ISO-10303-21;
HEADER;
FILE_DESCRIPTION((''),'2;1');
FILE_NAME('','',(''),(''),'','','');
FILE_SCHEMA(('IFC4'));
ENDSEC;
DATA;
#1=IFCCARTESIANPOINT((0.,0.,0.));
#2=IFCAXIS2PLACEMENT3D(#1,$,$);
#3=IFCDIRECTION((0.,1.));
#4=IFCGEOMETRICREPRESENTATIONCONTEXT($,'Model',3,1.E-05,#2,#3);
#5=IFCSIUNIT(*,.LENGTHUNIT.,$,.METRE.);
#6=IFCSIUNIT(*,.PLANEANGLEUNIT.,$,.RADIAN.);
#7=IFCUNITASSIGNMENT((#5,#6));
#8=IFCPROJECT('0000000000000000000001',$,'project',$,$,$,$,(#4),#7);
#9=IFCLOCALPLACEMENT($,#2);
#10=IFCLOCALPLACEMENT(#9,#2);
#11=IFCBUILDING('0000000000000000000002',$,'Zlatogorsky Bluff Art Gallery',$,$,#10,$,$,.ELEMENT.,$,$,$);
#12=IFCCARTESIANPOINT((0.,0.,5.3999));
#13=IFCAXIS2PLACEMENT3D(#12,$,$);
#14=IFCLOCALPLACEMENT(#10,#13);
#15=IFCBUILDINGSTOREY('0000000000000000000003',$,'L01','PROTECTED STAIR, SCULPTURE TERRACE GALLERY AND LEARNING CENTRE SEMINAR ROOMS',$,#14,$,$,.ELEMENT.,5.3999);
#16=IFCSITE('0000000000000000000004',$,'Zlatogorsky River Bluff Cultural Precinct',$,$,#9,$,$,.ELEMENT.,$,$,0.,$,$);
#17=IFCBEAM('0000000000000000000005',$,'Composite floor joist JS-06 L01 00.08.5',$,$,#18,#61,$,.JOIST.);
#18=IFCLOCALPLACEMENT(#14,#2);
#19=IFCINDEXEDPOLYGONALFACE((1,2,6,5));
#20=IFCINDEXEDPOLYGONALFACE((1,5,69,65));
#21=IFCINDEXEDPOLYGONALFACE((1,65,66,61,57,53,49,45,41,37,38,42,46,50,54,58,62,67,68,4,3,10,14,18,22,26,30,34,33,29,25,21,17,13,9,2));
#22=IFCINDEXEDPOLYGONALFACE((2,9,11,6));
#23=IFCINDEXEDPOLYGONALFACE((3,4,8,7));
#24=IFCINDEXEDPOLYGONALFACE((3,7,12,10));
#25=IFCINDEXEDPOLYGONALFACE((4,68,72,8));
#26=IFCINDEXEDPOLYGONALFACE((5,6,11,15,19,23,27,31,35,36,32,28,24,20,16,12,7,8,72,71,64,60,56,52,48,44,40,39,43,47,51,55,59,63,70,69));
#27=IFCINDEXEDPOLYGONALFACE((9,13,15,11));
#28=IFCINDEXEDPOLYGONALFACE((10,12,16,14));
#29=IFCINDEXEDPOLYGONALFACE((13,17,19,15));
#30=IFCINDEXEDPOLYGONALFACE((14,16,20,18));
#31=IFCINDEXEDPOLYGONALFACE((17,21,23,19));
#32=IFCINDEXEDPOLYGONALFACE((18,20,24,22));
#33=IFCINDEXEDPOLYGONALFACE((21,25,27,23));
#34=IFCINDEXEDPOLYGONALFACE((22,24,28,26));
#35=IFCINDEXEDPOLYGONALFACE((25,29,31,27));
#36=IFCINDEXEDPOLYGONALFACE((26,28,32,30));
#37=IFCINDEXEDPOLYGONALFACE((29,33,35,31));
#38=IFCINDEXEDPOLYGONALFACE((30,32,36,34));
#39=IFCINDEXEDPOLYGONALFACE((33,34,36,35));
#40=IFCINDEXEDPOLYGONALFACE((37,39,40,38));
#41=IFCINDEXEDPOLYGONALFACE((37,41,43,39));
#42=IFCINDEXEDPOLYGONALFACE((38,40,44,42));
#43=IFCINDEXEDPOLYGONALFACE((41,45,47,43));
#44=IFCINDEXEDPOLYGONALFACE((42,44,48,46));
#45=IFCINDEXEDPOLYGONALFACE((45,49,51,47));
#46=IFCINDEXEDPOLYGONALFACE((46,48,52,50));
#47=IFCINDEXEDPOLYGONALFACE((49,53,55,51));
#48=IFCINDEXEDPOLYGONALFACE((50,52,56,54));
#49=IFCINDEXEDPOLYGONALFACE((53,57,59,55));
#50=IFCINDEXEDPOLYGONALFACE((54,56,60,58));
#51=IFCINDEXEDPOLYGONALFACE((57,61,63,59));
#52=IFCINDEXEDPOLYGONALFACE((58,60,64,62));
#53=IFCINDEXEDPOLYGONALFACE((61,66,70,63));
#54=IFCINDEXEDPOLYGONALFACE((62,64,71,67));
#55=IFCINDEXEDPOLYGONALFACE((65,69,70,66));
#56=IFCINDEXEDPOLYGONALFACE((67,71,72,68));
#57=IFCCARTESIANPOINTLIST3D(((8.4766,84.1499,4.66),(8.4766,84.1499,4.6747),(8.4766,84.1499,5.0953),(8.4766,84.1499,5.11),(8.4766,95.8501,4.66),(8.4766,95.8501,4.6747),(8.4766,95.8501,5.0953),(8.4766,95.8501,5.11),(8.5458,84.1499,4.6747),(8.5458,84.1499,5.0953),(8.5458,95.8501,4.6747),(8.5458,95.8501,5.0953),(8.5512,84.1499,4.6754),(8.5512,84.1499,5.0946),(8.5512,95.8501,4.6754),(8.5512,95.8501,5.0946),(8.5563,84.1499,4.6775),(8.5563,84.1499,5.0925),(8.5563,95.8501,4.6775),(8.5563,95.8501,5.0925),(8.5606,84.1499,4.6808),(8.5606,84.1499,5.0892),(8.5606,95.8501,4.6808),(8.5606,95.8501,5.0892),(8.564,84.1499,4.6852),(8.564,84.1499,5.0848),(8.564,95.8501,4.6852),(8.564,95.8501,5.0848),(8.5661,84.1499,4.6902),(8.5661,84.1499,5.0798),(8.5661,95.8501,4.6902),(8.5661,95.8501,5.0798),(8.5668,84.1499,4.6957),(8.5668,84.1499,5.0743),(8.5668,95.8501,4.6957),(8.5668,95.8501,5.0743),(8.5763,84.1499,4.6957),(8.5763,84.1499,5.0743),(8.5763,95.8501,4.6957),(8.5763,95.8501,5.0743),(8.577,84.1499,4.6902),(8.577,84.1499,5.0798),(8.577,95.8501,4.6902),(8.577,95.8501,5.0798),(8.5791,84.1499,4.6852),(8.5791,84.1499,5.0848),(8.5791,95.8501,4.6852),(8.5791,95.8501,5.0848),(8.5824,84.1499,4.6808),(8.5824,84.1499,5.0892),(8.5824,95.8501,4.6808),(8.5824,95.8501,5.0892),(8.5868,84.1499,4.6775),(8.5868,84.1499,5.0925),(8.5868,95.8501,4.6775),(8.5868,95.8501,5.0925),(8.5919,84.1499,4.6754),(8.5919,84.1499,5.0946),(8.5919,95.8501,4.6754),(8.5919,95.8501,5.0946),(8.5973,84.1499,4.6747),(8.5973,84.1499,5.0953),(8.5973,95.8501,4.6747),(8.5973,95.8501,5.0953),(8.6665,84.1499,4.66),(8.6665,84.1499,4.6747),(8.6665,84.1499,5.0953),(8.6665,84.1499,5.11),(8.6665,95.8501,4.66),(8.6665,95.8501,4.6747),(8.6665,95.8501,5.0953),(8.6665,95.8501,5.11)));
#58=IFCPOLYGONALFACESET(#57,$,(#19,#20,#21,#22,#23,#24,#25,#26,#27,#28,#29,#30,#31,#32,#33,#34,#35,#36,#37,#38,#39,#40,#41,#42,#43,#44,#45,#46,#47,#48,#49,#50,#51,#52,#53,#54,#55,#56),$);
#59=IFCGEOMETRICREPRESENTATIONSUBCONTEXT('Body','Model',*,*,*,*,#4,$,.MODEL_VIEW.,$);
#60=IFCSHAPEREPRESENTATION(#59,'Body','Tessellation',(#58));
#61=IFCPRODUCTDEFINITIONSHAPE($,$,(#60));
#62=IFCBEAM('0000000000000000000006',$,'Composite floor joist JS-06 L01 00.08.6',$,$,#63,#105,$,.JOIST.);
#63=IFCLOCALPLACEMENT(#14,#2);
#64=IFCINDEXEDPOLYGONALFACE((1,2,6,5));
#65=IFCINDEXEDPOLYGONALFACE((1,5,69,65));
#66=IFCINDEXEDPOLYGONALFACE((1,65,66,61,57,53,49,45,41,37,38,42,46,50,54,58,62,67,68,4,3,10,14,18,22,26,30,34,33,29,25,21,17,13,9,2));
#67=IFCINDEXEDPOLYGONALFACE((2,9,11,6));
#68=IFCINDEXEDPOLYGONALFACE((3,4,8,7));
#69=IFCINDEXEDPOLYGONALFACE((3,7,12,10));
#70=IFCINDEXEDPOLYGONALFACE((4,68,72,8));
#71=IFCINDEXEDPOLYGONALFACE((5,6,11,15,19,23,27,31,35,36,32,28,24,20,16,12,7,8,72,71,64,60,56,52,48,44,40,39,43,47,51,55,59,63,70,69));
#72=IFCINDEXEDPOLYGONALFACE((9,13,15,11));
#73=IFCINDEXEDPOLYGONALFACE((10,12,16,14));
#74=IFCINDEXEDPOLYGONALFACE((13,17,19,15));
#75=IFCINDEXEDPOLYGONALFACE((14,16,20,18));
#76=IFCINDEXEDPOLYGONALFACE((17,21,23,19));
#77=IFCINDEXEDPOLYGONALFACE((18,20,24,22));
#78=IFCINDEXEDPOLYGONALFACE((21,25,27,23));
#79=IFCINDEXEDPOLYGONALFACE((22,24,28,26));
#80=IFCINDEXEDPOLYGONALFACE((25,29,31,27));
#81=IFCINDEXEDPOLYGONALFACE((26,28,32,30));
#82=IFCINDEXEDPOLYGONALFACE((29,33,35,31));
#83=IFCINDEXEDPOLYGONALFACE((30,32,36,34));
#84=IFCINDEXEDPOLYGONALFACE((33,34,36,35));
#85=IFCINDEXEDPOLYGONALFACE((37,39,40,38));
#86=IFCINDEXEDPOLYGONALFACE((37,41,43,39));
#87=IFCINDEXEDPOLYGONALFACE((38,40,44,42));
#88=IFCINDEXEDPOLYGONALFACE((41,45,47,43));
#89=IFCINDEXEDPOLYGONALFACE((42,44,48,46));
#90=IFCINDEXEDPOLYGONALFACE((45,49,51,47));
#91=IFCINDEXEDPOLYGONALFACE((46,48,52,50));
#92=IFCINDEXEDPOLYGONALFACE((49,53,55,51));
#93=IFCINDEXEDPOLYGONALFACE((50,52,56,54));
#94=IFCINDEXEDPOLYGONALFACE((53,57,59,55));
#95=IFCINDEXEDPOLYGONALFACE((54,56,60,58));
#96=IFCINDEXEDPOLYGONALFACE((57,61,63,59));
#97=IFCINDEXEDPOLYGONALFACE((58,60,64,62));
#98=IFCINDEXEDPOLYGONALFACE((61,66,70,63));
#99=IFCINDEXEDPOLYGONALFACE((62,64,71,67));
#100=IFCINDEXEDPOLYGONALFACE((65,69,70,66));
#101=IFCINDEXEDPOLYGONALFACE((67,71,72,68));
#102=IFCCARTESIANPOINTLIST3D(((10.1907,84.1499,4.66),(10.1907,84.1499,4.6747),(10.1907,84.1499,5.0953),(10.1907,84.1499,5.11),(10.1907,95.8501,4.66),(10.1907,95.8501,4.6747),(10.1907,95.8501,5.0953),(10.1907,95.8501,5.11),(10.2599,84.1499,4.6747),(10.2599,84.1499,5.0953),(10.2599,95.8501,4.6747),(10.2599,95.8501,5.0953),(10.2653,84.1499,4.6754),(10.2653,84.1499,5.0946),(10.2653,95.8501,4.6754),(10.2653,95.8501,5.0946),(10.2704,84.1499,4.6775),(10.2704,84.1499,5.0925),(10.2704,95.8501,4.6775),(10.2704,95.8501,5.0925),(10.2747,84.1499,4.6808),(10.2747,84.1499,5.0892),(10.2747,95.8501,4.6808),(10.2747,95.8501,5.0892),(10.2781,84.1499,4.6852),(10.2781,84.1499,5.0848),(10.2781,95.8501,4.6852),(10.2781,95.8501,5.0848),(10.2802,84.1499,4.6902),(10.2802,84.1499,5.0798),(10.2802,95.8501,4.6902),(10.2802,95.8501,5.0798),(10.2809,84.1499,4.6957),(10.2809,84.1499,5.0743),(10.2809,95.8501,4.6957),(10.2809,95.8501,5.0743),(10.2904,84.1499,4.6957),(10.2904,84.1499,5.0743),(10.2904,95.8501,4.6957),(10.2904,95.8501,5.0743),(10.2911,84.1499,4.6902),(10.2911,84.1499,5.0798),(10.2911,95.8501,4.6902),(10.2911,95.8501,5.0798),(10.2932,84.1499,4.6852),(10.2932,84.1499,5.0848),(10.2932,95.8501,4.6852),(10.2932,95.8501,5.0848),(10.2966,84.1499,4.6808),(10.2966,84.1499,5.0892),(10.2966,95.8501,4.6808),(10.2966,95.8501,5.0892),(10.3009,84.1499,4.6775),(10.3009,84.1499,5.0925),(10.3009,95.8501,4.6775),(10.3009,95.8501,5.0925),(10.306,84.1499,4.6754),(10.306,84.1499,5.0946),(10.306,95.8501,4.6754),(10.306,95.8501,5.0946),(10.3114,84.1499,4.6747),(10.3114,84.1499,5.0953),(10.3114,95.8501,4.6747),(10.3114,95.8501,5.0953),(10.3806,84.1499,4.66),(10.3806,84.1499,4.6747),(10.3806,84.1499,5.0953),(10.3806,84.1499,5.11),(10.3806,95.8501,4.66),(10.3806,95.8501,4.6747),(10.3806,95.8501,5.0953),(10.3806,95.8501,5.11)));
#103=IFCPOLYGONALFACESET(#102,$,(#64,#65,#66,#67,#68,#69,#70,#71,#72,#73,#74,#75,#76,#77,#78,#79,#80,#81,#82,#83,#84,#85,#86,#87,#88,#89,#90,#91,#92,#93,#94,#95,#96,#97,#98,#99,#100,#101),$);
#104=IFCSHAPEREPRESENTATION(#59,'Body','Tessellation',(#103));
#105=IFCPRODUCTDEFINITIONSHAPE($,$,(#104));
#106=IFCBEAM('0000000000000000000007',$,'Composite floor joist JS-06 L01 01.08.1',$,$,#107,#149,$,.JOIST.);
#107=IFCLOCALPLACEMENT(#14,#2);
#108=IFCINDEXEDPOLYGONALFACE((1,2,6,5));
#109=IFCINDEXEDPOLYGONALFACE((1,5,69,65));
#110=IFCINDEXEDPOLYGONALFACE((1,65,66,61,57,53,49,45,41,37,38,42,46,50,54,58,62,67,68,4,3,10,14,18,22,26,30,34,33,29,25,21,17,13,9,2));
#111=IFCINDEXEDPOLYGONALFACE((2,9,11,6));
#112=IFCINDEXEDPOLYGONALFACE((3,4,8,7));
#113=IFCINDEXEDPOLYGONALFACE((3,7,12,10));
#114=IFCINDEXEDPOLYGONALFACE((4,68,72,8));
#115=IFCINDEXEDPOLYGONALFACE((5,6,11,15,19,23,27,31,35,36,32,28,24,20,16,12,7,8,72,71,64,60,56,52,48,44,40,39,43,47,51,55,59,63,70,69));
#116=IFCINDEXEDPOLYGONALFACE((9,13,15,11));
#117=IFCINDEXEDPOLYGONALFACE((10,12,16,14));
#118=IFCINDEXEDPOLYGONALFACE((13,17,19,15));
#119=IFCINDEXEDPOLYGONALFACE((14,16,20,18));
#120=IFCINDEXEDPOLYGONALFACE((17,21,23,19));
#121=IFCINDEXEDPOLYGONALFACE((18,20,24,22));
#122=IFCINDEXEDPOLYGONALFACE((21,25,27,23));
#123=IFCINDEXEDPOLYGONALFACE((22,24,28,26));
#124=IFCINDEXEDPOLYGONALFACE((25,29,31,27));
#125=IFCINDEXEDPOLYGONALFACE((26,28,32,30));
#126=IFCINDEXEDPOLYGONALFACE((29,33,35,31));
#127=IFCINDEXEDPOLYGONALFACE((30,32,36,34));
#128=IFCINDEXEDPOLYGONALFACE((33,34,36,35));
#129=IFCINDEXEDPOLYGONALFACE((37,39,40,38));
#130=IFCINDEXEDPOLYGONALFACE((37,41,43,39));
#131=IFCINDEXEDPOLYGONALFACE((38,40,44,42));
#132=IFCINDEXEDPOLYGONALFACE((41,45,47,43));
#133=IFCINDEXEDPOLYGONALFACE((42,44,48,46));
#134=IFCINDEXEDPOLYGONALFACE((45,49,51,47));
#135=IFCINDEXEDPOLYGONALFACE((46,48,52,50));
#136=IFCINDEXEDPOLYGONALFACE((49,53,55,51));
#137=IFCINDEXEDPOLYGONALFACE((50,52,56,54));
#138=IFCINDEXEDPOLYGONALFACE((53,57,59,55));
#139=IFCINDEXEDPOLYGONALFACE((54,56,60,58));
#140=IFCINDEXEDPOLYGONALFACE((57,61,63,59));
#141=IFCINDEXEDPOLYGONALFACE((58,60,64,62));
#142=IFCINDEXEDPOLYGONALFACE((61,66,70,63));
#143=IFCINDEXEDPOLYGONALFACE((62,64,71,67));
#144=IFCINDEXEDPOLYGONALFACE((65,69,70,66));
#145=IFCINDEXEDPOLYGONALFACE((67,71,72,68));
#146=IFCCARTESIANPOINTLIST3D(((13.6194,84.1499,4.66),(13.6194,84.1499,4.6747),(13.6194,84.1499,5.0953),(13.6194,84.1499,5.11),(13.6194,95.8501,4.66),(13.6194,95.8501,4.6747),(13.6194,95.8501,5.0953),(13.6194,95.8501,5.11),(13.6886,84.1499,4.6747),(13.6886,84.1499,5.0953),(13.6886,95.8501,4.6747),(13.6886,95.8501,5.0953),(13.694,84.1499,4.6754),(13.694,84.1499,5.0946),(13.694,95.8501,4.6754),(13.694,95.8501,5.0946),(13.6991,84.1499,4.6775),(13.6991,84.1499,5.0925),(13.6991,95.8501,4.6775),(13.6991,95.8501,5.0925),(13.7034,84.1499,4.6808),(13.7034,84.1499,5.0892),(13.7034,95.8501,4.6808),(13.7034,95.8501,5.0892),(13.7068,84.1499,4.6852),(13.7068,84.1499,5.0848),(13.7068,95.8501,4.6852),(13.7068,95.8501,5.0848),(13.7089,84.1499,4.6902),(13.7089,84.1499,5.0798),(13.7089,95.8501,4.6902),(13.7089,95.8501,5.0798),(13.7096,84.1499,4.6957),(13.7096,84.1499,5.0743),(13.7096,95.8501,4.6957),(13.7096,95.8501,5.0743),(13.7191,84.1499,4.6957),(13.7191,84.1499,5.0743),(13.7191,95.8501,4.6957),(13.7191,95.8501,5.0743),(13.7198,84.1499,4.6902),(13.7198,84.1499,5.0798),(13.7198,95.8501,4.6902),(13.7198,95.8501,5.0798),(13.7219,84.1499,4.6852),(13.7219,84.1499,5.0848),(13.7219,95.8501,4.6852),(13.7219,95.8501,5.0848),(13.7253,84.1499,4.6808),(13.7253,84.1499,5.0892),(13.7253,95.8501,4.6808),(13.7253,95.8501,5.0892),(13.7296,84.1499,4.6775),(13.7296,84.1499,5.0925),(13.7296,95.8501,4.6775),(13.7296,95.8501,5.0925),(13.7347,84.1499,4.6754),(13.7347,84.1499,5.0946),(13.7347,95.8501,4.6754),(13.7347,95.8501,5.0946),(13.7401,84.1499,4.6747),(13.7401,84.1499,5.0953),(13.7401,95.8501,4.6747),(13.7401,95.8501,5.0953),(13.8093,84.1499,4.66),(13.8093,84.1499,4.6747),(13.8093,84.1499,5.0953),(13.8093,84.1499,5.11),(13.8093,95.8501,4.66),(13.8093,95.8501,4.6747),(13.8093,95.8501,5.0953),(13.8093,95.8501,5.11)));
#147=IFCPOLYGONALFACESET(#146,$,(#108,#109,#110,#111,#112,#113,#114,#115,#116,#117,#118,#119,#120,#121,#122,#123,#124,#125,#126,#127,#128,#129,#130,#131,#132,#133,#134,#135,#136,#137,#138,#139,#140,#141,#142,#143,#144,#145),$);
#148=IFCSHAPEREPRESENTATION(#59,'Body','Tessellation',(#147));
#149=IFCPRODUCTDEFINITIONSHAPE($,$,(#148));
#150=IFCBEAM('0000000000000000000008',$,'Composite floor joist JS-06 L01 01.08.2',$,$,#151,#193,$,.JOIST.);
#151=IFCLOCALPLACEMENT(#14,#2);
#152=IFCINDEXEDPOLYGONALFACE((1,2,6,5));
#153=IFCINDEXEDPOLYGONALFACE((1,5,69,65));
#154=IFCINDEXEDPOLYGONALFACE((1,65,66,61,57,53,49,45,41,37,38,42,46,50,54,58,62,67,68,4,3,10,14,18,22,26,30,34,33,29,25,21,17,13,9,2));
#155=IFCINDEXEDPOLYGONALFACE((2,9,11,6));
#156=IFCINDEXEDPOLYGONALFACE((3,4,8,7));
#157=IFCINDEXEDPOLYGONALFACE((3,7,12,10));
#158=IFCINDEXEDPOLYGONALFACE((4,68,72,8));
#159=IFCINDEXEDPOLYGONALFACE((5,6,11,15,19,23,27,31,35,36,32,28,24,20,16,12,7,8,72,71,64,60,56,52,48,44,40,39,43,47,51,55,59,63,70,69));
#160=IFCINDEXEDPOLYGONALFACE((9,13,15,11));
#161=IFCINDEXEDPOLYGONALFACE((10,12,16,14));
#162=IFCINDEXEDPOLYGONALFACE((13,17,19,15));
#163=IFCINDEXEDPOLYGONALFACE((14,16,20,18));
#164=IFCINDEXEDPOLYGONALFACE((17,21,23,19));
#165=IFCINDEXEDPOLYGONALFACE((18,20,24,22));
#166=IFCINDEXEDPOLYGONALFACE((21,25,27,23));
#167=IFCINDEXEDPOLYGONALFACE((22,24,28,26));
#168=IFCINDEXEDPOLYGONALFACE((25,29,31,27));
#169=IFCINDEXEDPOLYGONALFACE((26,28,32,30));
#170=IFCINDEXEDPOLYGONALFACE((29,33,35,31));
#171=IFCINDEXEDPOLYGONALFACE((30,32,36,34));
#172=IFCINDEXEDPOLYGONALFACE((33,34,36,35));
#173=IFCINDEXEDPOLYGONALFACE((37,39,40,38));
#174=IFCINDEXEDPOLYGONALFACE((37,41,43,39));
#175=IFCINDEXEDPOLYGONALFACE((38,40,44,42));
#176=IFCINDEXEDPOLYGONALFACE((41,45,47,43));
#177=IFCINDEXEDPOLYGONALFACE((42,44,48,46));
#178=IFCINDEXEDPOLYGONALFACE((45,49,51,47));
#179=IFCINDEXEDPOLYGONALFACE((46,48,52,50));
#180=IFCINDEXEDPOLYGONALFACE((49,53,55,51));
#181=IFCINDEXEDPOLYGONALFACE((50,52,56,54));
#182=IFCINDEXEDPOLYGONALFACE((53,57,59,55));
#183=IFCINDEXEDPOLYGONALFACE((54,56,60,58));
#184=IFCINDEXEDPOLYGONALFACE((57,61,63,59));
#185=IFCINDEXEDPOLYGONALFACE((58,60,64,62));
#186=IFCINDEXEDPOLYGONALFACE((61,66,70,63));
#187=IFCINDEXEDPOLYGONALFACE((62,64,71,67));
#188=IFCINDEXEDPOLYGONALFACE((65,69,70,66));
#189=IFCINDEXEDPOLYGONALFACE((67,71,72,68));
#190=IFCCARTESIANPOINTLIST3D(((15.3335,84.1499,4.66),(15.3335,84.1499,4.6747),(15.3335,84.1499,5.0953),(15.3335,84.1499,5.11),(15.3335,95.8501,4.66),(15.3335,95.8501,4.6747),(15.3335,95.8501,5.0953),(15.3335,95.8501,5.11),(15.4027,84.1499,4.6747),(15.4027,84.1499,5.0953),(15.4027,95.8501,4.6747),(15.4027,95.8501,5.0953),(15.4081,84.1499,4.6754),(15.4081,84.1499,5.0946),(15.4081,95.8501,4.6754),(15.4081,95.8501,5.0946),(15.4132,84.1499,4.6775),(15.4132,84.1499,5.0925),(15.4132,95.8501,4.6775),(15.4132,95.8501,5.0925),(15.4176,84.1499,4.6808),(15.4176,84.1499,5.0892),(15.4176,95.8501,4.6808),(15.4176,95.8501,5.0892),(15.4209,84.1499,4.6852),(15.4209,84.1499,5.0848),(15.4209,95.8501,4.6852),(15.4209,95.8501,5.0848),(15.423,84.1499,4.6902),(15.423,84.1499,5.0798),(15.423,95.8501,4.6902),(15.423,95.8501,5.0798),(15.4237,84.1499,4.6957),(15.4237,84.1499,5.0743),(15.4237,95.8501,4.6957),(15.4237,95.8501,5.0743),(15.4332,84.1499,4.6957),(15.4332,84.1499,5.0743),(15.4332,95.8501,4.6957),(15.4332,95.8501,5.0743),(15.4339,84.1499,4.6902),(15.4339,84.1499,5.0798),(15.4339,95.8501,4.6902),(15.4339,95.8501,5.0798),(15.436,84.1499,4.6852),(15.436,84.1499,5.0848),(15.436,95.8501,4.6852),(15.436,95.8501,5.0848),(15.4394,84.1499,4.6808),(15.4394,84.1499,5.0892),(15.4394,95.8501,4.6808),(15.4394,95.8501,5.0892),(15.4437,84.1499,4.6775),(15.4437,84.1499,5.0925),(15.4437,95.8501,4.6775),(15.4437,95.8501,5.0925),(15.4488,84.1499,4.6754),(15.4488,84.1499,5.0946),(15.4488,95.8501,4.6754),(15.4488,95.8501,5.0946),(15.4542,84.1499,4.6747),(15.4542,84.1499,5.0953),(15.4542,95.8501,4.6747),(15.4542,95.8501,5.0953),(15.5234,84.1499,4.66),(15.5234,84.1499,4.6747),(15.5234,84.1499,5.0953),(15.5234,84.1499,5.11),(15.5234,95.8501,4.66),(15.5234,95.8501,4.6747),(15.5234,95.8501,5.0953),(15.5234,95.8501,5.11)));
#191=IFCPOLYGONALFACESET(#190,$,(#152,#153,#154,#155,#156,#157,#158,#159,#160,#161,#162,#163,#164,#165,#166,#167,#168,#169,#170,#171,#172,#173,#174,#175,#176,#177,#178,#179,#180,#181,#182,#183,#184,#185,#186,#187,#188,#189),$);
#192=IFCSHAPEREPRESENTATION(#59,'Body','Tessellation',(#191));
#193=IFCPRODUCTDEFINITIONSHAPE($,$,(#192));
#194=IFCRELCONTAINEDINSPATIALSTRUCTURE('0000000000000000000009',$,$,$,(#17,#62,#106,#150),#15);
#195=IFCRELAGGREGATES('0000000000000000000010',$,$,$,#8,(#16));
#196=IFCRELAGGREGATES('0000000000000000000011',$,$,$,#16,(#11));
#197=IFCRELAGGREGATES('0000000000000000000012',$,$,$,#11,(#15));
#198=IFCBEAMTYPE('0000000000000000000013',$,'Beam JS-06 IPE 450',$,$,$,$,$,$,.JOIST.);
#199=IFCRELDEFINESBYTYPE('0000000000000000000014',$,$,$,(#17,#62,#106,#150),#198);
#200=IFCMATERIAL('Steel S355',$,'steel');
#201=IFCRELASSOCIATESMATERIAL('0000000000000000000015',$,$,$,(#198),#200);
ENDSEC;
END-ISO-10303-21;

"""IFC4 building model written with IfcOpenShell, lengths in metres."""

from ifc_helpers import new_model, si_unit, direction, frame, origin, origin_2d, place, context, subcontext, project, spatial, i_section, extrude, material, material_profile, profile_set, type_object, element, save


model = new_model("IFC4")

# Units and contexts
model_context = context("Model", 3, precision=1e-05, world=origin(), true_north=direction((0.0, 1.0)))
body_context = subcontext(model_context, "Body", "Model", "MODEL_VIEW")
ifc_project = project(units=[si_unit("LENGTHUNIT", "METRE"), si_unit("PLANEANGLEUNIT", "RADIAN")], contexts=[model_context])

# Site, building, storey
site_placement = place(None, origin())
site = spatial("IfcSite", under=ifc_project, at=site_placement, Name="Zlatogorsky River Bluff Cultural Precinct", CompositionType="ELEMENT", RefElevation=0.0)
building_placement = place(site_placement, origin())
building = spatial("IfcBuilding", under=site, at=building_placement, Name="Zlatogorsky Bluff Art Gallery", CompositionType="ELEMENT")
storey_placement = place(building_placement, frame((0.0, 0.0, 5.3999)))
storey = spatial("IfcBuildingStorey", under=building, at=storey_placement, Name="L01", Description="PROTECTED STAIR, SCULPTURE TERRACE GALLERY AND LEARNING CENTRE SEMINAR ROOMS", CompositionType="ELEMENT", Elevation=5.3999)

# Shared definitions
ifc_material_1 = material(Name="Steel S355", Category="steel")

# Beams
ifc_material_profile_1 = material_profile(ifc_material_1, i_section(OverallWidth=0.1899, OverallDepth=0.45, WebThickness=0.0095, FlangeThickness=0.0146, FilletRadius=0.021, at=origin_2d()), Name="IPE 450")
ifc_profile_set_1 = profile_set([ifc_material_profile_1], Name="Steel S355")
beam_type_1 = type_object("IfcBeamType", Name="Beam JS-06 IPE 450", PredefinedType="JOIST", material=ifc_profile_set_1)
for number, where, z_axis, x_axis, name in (
    (1, (8.5715, 84.1499, 4.885), (0.0, 1.0, 0.0), (-1.0, 0.0, 0.0), "Composite floor joist JS-06 L01 00.08.5"),
    (2, (10.2856, 84.1499, 4.885), (0.0, 1.0, 0.0), (-1.0, 0.0, 0.0), "Composite floor joist JS-06 L01 00.08.6"),
    (3, (13.7144, 84.1499, 4.885), (0.0, 1.0, 0.0), (-1.0, 0.0, 0.0), "Composite floor joist JS-06 L01 01.08.1"),
    (4, (15.4285, 84.1499, 4.885), (0.0, 1.0, 0.0), (-1.0, 0.0, 0.0), "Composite floor joist JS-06 L01 01.08.2"),
):
    element("IfcBeam", number, at=place(storey_placement, frame(where, z_axis=z_axis, x_axis=x_axis)), inside=storey, type_object=beam_type_1, Name=name, PredefinedType="JOIST", context=body_context, shape_type="SweptSolid", body=[
        extrude(i_section(OverallWidth=0.1899, OverallDepth=0.45, WebThickness=0.0095, FlangeThickness=0.0146, FilletRadius=0.021, at=origin_2d()), origin(), (0.0, 0.0, 1.0), 11.7002),
    ])

save(model, "model.ifc")
